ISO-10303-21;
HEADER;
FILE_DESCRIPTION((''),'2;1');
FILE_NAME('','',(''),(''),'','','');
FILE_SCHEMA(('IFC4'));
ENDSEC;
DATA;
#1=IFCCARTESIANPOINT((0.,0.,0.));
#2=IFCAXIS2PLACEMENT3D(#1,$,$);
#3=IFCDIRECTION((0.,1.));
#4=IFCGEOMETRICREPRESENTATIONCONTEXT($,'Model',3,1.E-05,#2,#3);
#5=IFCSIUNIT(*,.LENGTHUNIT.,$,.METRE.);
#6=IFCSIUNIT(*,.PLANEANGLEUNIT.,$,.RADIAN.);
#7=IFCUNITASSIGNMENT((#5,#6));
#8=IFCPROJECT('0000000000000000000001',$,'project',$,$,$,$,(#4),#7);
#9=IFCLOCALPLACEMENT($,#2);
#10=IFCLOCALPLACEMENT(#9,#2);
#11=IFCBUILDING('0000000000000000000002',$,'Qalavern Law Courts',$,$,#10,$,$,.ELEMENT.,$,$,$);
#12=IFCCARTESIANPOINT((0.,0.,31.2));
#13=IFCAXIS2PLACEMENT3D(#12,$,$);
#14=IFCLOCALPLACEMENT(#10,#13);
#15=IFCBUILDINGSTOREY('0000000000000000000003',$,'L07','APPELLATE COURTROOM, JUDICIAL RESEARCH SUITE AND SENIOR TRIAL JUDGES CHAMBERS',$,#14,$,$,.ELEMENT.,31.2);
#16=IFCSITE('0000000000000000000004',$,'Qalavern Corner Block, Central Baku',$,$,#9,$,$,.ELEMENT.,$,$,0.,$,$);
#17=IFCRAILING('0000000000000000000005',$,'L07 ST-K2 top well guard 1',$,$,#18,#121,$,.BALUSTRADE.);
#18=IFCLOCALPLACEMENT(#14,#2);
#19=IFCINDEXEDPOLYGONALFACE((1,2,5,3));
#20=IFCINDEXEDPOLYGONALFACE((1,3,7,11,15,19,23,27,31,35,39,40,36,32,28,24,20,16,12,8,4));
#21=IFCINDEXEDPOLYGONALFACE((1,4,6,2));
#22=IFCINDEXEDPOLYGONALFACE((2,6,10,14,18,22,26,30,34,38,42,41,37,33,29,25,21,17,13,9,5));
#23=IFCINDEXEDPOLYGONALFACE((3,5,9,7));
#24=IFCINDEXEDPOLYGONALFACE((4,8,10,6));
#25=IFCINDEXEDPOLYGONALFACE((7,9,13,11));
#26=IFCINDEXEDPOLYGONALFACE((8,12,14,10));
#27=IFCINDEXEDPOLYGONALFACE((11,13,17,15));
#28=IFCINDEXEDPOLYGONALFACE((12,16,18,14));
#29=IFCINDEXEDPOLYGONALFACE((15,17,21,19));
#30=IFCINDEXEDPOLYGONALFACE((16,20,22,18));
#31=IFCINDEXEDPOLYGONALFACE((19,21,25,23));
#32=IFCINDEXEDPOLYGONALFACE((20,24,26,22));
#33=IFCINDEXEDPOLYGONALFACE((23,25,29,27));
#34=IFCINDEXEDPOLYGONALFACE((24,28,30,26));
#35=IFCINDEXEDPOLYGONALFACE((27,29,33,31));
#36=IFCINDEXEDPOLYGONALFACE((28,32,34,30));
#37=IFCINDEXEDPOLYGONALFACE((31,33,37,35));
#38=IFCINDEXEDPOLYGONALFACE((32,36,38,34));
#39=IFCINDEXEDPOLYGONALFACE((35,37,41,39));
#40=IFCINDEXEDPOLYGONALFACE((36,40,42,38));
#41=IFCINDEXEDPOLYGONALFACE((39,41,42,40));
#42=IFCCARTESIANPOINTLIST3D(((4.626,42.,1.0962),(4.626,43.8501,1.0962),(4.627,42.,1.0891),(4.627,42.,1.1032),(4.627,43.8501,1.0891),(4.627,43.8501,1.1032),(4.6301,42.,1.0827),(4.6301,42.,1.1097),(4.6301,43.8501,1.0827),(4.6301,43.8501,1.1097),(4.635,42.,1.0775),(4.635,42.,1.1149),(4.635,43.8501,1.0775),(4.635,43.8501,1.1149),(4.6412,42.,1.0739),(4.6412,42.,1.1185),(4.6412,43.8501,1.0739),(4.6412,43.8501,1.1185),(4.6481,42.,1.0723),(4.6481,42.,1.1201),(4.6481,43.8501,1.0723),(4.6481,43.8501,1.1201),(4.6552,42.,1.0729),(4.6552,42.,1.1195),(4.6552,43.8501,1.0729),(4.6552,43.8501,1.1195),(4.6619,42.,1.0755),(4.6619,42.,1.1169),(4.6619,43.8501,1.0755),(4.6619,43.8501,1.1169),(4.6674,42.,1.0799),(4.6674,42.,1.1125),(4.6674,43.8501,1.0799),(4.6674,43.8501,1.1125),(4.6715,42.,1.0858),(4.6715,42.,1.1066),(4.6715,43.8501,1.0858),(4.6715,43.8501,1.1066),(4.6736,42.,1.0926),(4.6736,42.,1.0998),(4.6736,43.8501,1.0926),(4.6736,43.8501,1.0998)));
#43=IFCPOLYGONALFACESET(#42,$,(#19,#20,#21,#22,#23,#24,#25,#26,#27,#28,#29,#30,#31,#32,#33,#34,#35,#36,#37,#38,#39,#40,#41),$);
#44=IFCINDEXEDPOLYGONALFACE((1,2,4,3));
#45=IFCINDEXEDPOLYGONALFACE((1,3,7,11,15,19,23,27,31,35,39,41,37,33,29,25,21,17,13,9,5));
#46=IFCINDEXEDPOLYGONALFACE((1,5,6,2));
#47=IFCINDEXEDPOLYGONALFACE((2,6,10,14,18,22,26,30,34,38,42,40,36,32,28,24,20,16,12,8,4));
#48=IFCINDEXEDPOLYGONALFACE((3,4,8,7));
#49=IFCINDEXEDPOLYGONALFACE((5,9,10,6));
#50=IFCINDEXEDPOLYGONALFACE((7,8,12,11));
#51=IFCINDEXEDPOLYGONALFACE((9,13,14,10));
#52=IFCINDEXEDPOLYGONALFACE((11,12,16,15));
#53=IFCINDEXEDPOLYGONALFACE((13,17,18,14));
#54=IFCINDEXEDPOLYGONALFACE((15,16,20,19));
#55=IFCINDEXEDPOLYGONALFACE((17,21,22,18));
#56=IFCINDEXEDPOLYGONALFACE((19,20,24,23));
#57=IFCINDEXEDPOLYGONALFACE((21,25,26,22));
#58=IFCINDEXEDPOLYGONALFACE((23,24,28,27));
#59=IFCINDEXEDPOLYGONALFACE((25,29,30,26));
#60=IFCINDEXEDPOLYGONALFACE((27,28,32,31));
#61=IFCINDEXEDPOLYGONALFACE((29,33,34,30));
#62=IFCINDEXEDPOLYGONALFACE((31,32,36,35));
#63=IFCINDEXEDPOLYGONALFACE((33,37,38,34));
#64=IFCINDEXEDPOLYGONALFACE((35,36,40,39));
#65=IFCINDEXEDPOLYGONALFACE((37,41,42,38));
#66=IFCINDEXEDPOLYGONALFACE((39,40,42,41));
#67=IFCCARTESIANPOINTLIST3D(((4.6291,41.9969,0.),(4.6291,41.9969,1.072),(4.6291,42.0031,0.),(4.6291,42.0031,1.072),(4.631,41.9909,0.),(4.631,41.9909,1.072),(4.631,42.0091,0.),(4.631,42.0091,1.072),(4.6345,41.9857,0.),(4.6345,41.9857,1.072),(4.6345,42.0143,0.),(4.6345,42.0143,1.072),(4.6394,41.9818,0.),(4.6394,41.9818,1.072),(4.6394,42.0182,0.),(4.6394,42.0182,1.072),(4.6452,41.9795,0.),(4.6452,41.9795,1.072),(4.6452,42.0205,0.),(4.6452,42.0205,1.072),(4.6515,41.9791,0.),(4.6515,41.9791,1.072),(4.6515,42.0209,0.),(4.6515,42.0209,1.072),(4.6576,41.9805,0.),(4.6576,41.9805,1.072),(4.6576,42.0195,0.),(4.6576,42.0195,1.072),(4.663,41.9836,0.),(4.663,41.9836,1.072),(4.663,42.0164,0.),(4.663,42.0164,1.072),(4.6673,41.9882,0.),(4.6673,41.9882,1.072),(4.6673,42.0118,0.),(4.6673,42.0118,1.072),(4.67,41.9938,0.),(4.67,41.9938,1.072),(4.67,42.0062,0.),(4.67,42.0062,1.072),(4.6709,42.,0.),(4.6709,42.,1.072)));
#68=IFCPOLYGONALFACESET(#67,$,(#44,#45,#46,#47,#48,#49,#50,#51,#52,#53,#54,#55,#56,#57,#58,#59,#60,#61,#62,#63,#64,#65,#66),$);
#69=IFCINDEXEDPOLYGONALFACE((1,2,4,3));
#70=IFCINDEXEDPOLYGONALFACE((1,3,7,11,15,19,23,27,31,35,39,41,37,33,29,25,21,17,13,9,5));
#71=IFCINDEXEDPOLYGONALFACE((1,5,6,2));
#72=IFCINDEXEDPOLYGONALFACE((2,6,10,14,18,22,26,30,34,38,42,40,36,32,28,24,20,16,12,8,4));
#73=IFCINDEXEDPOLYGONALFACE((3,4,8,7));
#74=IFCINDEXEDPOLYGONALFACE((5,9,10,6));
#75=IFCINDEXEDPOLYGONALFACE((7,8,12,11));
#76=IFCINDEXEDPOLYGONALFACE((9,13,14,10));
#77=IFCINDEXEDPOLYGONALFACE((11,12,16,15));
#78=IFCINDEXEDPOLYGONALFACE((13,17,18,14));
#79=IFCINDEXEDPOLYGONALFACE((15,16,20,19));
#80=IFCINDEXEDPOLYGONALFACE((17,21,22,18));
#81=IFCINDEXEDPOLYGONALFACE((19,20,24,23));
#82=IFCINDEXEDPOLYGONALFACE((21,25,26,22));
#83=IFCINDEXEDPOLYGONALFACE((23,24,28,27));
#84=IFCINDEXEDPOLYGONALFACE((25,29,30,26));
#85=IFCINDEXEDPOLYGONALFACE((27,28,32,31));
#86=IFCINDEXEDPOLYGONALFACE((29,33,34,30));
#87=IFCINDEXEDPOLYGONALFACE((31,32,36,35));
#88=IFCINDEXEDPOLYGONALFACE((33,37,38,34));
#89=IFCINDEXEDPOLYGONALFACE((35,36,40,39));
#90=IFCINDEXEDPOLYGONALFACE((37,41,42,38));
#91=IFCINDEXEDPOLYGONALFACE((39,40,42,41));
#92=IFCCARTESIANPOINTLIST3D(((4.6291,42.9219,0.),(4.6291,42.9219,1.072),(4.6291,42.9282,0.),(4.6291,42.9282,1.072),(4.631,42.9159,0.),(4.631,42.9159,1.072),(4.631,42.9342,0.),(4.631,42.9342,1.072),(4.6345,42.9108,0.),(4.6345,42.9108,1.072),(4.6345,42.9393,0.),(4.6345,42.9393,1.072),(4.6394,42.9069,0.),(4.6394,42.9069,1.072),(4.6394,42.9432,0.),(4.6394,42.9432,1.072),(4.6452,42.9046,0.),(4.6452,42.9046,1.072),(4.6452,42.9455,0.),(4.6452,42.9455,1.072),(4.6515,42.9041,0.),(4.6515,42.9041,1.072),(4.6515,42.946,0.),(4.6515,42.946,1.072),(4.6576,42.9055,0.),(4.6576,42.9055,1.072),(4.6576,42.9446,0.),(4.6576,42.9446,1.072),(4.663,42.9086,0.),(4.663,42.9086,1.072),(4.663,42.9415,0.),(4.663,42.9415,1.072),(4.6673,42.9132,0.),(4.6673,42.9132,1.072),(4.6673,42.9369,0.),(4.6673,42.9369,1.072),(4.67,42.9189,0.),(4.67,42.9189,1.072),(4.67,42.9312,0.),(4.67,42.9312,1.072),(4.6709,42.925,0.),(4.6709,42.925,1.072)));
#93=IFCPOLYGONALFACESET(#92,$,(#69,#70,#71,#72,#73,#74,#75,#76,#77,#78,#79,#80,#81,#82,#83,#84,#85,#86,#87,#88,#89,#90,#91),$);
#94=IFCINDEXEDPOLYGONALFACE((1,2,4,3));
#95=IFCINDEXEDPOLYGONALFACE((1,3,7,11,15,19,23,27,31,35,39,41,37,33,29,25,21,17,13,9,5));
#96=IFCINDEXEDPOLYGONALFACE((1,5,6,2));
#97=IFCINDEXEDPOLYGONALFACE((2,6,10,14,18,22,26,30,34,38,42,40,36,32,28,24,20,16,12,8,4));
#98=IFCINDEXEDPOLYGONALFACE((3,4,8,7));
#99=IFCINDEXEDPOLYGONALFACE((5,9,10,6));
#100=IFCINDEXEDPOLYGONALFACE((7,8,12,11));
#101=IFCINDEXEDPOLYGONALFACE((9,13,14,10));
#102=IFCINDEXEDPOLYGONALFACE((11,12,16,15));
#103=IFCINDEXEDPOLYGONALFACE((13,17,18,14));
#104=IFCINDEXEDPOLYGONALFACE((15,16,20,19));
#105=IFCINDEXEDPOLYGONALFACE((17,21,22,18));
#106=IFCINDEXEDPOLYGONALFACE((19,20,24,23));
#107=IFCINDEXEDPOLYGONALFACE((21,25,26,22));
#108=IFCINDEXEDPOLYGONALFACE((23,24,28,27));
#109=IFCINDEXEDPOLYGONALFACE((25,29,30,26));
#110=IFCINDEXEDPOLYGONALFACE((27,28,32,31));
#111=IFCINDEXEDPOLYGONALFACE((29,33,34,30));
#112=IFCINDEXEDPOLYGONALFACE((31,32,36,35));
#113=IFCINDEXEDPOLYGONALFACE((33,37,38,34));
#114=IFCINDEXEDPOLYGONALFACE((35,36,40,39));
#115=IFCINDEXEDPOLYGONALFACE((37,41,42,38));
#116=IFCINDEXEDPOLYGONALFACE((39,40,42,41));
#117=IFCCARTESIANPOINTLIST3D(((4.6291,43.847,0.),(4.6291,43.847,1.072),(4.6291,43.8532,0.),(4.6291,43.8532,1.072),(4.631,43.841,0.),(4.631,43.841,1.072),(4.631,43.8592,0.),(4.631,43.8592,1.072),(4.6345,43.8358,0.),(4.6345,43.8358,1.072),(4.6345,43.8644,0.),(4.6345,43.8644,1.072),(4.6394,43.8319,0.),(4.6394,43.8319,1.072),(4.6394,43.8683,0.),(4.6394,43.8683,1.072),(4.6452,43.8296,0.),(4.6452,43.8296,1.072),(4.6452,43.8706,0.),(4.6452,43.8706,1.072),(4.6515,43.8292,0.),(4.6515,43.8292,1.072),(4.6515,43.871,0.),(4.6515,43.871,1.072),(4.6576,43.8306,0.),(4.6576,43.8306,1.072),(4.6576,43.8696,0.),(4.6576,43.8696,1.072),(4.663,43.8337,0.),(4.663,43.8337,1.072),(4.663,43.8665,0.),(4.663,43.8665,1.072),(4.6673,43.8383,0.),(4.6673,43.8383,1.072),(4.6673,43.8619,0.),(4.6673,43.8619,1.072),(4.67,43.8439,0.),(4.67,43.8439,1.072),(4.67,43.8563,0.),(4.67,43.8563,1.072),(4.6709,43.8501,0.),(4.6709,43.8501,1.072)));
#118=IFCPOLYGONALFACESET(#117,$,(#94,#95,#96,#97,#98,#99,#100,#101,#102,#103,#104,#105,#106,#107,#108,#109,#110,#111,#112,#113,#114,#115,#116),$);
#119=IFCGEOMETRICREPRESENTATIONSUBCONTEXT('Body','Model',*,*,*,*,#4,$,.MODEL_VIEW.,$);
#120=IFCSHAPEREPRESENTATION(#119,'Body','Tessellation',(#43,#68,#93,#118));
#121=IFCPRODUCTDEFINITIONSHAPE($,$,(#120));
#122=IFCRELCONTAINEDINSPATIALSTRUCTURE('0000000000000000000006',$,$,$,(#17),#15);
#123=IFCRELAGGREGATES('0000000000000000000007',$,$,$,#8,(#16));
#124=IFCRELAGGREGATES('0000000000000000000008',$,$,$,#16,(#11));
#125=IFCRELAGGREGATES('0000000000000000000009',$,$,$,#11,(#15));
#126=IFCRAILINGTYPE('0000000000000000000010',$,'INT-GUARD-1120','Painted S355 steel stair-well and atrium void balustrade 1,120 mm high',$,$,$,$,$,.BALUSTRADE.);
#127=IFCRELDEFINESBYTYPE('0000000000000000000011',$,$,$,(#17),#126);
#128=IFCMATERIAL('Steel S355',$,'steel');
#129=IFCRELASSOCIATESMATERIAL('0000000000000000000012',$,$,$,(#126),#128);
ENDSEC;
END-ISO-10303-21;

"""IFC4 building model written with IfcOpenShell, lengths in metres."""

from ifc_helpers import new_model, si_unit, direction, frame, origin, origin_2d, place, context, subcontext, project, spatial, circle, extrude, material, type_object, element, save


model = new_model("IFC4")

# Units and contexts
model_context = context("Model", 3, precision=1e-05, world=origin(), true_north=direction((0.0, 1.0)))
body_context = subcontext(model_context, "Body", "Model", "MODEL_VIEW")
ifc_project = project(units=[si_unit("LENGTHUNIT", "METRE"), si_unit("PLANEANGLEUNIT", "RADIAN")], contexts=[model_context])

# Site, building, storey
site_placement = place(None, origin())
site = spatial("IfcSite", under=ifc_project, at=site_placement, Name="Qalavern Corner Block, Central Baku", CompositionType="ELEMENT", RefElevation=0.0)
building_placement = place(site_placement, origin())
building = spatial("IfcBuilding", under=site, at=building_placement, Name="Qalavern Law Courts", CompositionType="ELEMENT")
storey_placement = place(building_placement, frame((0.0, 0.0, 31.2)))
storey = spatial("IfcBuildingStorey", under=building, at=storey_placement, Name="L07", Description="APPELLATE COURTROOM, JUDICIAL RESEARCH SUITE AND SENIOR TRIAL JUDGES CHAMBERS", CompositionType="ELEMENT", Elevation=31.2)

# Shared definitions
ifc_material_1 = material(Name="Steel S355", Category="steel")

# Railing
railing_type = type_object("IfcRailingType", Name="INT-GUARD-1120", Description="Painted S355 steel stair-well and atrium void balustrade 1,120 mm high", PredefinedType="BALUSTRADE", material=ifc_material_1)
railing_placement = place(storey_placement, frame((4.6499, 42.0, 0.0)))
element("IfcRailing", 1, at=railing_placement, inside=storey, type_object=railing_type, Name="L07 ST-K2 top well guard 1", PredefinedType="BALUSTRADE", context=body_context, shape_type="SweptSolid", body=[
    extrude(circle(Radius=0.0239, at=origin_2d()), frame((0.0, 0.0, 1.0962), z_axis=(0.0, 1.0, 0.0), x_axis=(-1.0, 0.0, 0.0)), (0.0, 0.0, 1.0), 1.8501),
    extrude(circle(Radius=0.021, at=origin_2d()), origin(), (0.0, 0.0, 1.0), 1.072),
    extrude(circle(Radius=0.021, at=origin_2d()), frame((0.0, 0.925, 0.0)), (0.0, 0.0, 1.0), 1.072),
    extrude(circle(Radius=0.021, at=origin_2d()), frame((0.0, 1.8501, 0.0)), (0.0, 0.0, 1.0), 1.072),
])

save(model, "model.ifc")
